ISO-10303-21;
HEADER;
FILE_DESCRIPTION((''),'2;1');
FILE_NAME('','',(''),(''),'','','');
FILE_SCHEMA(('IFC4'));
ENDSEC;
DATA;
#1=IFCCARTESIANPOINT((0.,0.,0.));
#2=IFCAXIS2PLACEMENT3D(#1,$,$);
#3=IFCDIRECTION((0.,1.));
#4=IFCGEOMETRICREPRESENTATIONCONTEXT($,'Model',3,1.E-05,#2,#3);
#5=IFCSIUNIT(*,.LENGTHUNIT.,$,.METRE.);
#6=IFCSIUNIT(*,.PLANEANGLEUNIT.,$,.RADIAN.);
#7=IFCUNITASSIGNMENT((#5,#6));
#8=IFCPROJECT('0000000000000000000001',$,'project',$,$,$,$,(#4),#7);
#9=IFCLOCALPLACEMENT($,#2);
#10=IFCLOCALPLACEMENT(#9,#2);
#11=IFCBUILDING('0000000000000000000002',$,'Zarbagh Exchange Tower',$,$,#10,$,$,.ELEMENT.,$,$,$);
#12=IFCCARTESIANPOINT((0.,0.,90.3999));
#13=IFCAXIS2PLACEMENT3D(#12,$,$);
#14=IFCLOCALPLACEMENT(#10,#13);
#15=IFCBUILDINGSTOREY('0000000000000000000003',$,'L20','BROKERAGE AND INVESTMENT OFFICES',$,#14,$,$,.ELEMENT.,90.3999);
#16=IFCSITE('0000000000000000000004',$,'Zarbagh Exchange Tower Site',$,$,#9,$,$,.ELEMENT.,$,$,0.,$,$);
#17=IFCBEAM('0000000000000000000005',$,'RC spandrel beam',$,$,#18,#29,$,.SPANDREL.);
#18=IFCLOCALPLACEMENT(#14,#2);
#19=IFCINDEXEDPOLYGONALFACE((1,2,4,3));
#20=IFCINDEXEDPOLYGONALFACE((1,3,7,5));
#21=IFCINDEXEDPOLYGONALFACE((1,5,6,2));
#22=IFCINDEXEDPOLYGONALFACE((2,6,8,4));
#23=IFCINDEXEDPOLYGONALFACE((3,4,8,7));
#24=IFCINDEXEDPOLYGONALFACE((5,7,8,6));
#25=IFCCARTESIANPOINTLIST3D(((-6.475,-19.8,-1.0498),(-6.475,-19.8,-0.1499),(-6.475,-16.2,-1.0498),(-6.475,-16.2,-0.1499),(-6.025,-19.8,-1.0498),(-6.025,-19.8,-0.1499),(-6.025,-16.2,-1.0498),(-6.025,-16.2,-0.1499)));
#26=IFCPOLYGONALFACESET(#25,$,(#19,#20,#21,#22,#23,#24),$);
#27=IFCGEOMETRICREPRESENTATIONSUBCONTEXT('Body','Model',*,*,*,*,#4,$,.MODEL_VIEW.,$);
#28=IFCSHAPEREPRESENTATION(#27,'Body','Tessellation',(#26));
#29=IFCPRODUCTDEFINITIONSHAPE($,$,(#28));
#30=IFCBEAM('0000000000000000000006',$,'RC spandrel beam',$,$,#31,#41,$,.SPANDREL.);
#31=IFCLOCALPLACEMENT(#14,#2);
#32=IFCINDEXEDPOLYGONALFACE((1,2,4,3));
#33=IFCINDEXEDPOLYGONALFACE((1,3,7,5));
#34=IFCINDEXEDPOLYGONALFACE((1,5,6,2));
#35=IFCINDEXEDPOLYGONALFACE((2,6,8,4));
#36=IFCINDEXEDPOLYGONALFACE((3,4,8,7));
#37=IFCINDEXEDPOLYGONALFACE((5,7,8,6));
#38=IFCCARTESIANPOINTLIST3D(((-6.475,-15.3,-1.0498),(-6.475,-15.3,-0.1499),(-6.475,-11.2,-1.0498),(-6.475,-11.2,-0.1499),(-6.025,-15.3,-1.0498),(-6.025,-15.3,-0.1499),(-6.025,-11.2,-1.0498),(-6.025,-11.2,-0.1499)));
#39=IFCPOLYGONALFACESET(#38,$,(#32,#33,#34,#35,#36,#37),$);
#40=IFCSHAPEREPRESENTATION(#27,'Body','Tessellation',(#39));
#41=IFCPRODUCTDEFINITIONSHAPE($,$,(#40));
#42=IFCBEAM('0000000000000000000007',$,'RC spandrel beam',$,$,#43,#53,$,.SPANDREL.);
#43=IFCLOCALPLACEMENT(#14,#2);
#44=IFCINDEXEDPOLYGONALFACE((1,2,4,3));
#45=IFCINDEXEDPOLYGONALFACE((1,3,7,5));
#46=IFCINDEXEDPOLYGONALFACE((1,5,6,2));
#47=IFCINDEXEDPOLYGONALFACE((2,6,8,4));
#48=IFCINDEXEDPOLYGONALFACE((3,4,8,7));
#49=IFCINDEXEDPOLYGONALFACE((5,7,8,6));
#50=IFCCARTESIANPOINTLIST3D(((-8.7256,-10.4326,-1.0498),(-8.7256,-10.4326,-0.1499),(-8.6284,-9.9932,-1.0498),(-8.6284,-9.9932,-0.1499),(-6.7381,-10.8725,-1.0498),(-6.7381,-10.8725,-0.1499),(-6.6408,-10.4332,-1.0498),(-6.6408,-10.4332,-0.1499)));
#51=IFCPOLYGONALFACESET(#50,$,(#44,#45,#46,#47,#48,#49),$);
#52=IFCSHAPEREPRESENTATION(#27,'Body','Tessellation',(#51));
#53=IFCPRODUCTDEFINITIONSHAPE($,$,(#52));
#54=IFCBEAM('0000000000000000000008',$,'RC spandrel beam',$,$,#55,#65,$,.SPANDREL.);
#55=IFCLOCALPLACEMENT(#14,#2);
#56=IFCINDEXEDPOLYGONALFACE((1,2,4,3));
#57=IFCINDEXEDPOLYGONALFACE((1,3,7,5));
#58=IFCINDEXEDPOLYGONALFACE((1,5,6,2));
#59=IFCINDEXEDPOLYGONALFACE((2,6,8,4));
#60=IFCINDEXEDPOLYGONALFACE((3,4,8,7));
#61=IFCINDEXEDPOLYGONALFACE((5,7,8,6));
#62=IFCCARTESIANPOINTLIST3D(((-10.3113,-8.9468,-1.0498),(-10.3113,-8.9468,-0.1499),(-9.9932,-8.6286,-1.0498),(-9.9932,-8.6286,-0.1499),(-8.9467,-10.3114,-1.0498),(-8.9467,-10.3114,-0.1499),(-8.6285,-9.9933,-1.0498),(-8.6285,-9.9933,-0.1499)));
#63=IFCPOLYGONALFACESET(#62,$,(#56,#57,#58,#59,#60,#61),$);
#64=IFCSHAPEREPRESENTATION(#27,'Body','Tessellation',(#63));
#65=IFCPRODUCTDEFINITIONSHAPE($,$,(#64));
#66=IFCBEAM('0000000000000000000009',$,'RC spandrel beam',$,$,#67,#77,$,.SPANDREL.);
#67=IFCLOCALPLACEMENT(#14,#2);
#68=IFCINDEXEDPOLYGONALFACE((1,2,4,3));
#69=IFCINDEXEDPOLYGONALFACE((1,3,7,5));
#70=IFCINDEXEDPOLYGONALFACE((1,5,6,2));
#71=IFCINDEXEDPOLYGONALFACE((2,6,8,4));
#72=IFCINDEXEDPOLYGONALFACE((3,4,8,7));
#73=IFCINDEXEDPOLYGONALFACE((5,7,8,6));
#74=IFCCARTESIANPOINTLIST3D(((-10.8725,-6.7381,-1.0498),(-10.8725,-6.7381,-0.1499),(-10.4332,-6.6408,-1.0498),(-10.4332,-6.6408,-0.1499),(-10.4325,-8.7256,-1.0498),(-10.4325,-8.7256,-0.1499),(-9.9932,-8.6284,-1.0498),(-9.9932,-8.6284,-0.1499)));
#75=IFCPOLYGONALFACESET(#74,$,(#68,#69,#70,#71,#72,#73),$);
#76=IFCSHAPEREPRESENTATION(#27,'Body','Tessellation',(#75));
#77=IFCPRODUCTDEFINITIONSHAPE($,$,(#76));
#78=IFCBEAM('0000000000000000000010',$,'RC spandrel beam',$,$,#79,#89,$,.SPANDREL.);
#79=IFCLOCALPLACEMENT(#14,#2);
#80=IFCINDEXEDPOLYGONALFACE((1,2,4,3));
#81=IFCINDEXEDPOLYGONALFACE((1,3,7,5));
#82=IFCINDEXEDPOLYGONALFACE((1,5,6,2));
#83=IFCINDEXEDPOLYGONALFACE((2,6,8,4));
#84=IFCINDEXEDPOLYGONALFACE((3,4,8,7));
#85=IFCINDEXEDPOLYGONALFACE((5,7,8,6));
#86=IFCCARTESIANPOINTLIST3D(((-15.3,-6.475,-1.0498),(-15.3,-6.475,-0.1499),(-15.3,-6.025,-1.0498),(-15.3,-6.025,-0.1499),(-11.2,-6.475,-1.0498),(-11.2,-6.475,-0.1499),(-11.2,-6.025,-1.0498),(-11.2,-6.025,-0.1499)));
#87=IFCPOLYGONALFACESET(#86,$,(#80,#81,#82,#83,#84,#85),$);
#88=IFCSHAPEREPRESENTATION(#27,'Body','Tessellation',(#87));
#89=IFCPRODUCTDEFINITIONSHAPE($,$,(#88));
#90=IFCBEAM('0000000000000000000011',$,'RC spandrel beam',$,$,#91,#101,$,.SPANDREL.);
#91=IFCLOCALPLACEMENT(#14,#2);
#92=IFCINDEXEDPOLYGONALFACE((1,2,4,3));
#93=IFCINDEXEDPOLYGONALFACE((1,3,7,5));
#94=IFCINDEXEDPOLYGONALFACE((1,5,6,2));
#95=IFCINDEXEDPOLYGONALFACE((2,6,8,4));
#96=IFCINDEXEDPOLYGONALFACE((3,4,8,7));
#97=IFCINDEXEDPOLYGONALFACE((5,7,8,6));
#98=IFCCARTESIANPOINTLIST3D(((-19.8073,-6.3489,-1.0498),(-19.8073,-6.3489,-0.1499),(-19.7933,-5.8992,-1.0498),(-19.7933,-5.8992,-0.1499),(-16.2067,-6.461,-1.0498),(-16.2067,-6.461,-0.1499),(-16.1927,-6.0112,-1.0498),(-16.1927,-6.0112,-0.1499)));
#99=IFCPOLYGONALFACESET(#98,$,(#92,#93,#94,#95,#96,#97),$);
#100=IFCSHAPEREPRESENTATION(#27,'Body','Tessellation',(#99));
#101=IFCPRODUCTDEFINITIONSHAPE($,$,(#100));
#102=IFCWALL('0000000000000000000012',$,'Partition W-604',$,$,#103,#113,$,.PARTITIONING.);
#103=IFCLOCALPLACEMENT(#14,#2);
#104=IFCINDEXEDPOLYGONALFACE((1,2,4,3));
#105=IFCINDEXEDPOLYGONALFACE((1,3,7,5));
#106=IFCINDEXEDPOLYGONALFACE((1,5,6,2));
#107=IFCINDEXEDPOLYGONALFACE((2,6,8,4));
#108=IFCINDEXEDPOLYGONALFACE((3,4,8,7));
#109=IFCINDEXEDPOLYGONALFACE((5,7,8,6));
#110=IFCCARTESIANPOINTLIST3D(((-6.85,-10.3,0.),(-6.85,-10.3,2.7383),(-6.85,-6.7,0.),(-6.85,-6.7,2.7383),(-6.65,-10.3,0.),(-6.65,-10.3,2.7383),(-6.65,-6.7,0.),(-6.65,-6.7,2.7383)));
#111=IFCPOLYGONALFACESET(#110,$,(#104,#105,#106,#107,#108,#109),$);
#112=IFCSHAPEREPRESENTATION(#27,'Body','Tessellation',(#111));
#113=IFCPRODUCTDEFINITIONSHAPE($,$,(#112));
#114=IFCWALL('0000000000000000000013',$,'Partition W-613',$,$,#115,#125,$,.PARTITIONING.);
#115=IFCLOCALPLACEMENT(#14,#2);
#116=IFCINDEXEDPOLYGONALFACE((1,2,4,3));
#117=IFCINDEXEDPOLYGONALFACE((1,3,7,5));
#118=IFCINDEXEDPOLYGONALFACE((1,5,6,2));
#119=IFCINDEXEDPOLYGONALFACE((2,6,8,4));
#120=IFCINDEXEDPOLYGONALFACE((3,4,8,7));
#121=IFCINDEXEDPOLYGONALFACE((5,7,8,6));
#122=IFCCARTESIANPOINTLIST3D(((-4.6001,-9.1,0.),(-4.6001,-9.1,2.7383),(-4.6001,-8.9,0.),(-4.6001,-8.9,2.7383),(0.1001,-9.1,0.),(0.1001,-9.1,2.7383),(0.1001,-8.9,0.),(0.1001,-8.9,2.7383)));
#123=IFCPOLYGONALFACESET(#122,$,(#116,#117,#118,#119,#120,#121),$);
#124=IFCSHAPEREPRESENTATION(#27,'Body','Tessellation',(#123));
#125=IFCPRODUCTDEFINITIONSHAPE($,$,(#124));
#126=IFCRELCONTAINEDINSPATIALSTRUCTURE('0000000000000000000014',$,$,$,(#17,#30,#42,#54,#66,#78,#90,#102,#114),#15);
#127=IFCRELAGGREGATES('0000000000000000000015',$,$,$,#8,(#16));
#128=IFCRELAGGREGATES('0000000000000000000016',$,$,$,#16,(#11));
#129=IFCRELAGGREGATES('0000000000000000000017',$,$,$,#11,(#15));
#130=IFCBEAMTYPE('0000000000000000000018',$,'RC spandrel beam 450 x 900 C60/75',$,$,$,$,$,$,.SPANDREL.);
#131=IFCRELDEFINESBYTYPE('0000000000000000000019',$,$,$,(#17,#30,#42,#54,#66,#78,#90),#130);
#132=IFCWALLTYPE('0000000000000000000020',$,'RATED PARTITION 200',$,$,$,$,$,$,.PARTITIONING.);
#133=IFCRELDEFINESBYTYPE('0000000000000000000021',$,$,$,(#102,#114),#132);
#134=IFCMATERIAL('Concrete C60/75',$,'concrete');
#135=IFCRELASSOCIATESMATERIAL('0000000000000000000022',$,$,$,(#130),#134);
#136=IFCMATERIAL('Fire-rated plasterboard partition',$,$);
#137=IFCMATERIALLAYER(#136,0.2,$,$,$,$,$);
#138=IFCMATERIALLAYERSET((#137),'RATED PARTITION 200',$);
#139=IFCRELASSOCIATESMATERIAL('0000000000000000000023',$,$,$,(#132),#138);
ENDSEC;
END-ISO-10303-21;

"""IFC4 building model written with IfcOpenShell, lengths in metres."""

from ifc_helpers import new_model, si_unit, direction, frame, frame_2d, origin, origin_2d, place, context, subcontext, project, spatial, rectangle, extrude, material, layer, layer_set, material_profile, profile_set, type_object, element, save


model = new_model("IFC4")

# Units and contexts
model_context = context("Model", 3, precision=1e-05, world=origin(), true_north=direction((0.0, 1.0)))
body_context = subcontext(model_context, "Body", "Model", "MODEL_VIEW")
ifc_project = project(units=[si_unit("LENGTHUNIT", "METRE"), si_unit("PLANEANGLEUNIT", "RADIAN")], contexts=[model_context])

# Site, building, storey
site_placement = place(None, origin())
site = spatial("IfcSite", under=ifc_project, at=site_placement, Name="Zarbagh Exchange Tower Site", CompositionType="ELEMENT", RefElevation=0.0)
building_placement = place(site_placement, origin())
building = spatial("IfcBuilding", under=site, at=building_placement, Name="Zarbagh Exchange Tower", CompositionType="ELEMENT")
storey_placement = place(building_placement, frame((0.0, 0.0, 90.3999)))
storey = spatial("IfcBuildingStorey", under=building, at=storey_placement, Name="L20", Description="BROKERAGE AND INVESTMENT OFFICES", CompositionType="ELEMENT", Elevation=90.3999)

# Shared definitions
ifc_material_1 = material(Name="Concrete C60/75", Category="concrete")

# Beams
ifc_material_profile_1 = material_profile(ifc_material_1, rectangle(XDim=0.45, YDim=0.8999, at=origin_2d()), Name="RC spandrel beam 450 x 900 C60/75")
ifc_profile_set_1 = profile_set([ifc_material_profile_1], Name="Concrete C60/75")
beam_type_1 = type_object("IfcBeamType", Name="RC spandrel beam 450 x 900 C60/75", PredefinedType="SPANDREL", material=ifc_profile_set_1)
beam_1_placement = place(storey_placement, frame((-6.25, -19.8, -0.5999), z_axis=(0.0, 1.0, 0.0), x_axis=(-1.0, 0.0, 0.0)))
element("IfcBeam", 1, at=beam_1_placement, inside=storey, type_object=beam_type_1, Name="RC spandrel beam", PredefinedType="SPANDREL", context=body_context, shape_type="SweptSolid", body=[
    extrude(rectangle(XDim=0.45, YDim=0.8999, at=origin_2d()), origin(), (0.0, 0.0, 1.0), 3.6001),
])
beam_2_placement = place(storey_placement, frame((-6.25, -15.3, -0.5999), z_axis=(0.0, 1.0, 0.0), x_axis=(-1.0, 0.0, 0.0)))
element("IfcBeam", 2, at=beam_2_placement, inside=storey, type_object=beam_type_1, Name="RC spandrel beam", PredefinedType="SPANDREL", context=body_context, shape_type="SweptSolid", body=[
    extrude(rectangle(XDim=0.45, YDim=0.8999, at=origin_2d()), origin(), (0.0, 0.0, 1.0), 4.1001),
])
beam_3_placement = place(storey_placement, frame((-6.6895, -10.6528, -0.5999), z_axis=(-0.976367, 0.216118, 0.0), x_axis=(-0.216118, -0.976367, 0.0)))
element("IfcBeam", 3, at=beam_3_placement, inside=storey, type_object=beam_type_1, Name="RC spandrel beam", PredefinedType="SPANDREL", context=body_context, shape_type="SweptSolid", body=[
    extrude(rectangle(XDim=0.45, YDim=0.8999, at=origin_2d()), origin(), (0.0, 0.0, 1.0), 2.0356),
])
beam_4_placement = place(storey_placement, frame((-8.7876, -10.1523, -0.5999), z_axis=(-0.707107, 0.707107, 0.0), x_axis=(-0.707107, -0.707107, 0.0)))
element("IfcBeam", 4, at=beam_4_placement, inside=storey, type_object=beam_type_1, Name="RC spandrel beam", PredefinedType="SPANDREL", context=body_context, shape_type="SweptSolid", body=[
    extrude(rectangle(XDim=0.45, YDim=0.8999, at=origin_2d()), origin(), (0.0, 0.0, 1.0), 1.9299),
])
beam_5_placement = place(storey_placement, frame((-10.2129, -8.677, -0.5999), z_axis=(-0.216118, 0.976367, 0.0), x_axis=(-0.976367, -0.216118, 0.0)))
element("IfcBeam", 5, at=beam_5_placement, inside=storey, type_object=beam_type_1, Name="RC spandrel beam", PredefinedType="SPANDREL", context=body_context, shape_type="SweptSolid", body=[
    extrude(rectangle(XDim=0.45, YDim=0.8999, at=origin_2d()), origin(), (0.0, 0.0, 1.0), 2.0356),
])
beam_6_placement = place(storey_placement, frame((-11.2, -6.25, -0.5999), z_axis=(-1.0, 0.0, 0.0), x_axis=(0.0, -1.0, 0.0)))
element("IfcBeam", 6, at=beam_6_placement, inside=storey, type_object=beam_type_1, Name="RC spandrel beam", PredefinedType="SPANDREL", context=body_context, shape_type="SweptSolid", body=[
    extrude(rectangle(XDim=0.45, YDim=0.8999, at=origin_2d()), origin(), (0.0, 0.0, 1.0), 4.1001),
])
beam_7_placement = place(storey_placement, frame((-16.1997, -6.2361, -0.5999), z_axis=(-0.999516, 0.031108, 0.0), x_axis=(-0.031108, -0.999516, 0.0)))
element("IfcBeam", 7, at=beam_7_placement, inside=storey, type_object=beam_type_1, Name="RC spandrel beam", PredefinedType="SPANDREL", context=body_context, shape_type="SweptSolid", body=[
    extrude(rectangle(XDim=0.45, YDim=0.8999, at=origin_2d()), origin(), (0.0, 0.0, 1.0), 3.6023),
])

# Walls
ifc_material_2 = material(Name="Fire-rated plasterboard partition")
ifc_layer = layer(ifc_material_2, 0.2)
ifc_layer_set = layer_set([ifc_layer], Name="RATED PARTITION 200")
wall_type = type_object("IfcWallType", Name="RATED PARTITION 200", PredefinedType="PARTITIONING", material=ifc_layer_set)
wall_1_placement = place(storey_placement, frame((-6.75, -10.3, 0.0), z_axis=(0.0, 0.0, 1.0), x_axis=(0.0, 1.0, 0.0)))
element("IfcWall", 8, at=wall_1_placement, inside=storey, type_object=wall_type, Name="Partition W-604", PredefinedType="PARTITIONING", context=body_context, shape_type="SweptSolid", body=[
    extrude(rectangle(XDim=3.6001, YDim=0.2, at=frame_2d((1.8, 0.0))), origin(), (0.0, 0.0, 1.0), 2.7383),
])
wall_2_placement = place(storey_placement, frame((-4.6001, -9.0, 0.0), z_axis=(0.0, 0.0, 1.0), x_axis=(1.0, 0.0, 0.0)))
element("IfcWall", 9, at=wall_2_placement, inside=storey, type_object=wall_type, Name="Partition W-613", PredefinedType="PARTITIONING", context=body_context, shape_type="SweptSolid", body=[
    extrude(rectangle(XDim=4.7002, YDim=0.2, at=frame_2d((2.3501, 0.0))), origin(), (0.0, 0.0, 1.0), 2.7383),
])

save(model, "model.ifc")
